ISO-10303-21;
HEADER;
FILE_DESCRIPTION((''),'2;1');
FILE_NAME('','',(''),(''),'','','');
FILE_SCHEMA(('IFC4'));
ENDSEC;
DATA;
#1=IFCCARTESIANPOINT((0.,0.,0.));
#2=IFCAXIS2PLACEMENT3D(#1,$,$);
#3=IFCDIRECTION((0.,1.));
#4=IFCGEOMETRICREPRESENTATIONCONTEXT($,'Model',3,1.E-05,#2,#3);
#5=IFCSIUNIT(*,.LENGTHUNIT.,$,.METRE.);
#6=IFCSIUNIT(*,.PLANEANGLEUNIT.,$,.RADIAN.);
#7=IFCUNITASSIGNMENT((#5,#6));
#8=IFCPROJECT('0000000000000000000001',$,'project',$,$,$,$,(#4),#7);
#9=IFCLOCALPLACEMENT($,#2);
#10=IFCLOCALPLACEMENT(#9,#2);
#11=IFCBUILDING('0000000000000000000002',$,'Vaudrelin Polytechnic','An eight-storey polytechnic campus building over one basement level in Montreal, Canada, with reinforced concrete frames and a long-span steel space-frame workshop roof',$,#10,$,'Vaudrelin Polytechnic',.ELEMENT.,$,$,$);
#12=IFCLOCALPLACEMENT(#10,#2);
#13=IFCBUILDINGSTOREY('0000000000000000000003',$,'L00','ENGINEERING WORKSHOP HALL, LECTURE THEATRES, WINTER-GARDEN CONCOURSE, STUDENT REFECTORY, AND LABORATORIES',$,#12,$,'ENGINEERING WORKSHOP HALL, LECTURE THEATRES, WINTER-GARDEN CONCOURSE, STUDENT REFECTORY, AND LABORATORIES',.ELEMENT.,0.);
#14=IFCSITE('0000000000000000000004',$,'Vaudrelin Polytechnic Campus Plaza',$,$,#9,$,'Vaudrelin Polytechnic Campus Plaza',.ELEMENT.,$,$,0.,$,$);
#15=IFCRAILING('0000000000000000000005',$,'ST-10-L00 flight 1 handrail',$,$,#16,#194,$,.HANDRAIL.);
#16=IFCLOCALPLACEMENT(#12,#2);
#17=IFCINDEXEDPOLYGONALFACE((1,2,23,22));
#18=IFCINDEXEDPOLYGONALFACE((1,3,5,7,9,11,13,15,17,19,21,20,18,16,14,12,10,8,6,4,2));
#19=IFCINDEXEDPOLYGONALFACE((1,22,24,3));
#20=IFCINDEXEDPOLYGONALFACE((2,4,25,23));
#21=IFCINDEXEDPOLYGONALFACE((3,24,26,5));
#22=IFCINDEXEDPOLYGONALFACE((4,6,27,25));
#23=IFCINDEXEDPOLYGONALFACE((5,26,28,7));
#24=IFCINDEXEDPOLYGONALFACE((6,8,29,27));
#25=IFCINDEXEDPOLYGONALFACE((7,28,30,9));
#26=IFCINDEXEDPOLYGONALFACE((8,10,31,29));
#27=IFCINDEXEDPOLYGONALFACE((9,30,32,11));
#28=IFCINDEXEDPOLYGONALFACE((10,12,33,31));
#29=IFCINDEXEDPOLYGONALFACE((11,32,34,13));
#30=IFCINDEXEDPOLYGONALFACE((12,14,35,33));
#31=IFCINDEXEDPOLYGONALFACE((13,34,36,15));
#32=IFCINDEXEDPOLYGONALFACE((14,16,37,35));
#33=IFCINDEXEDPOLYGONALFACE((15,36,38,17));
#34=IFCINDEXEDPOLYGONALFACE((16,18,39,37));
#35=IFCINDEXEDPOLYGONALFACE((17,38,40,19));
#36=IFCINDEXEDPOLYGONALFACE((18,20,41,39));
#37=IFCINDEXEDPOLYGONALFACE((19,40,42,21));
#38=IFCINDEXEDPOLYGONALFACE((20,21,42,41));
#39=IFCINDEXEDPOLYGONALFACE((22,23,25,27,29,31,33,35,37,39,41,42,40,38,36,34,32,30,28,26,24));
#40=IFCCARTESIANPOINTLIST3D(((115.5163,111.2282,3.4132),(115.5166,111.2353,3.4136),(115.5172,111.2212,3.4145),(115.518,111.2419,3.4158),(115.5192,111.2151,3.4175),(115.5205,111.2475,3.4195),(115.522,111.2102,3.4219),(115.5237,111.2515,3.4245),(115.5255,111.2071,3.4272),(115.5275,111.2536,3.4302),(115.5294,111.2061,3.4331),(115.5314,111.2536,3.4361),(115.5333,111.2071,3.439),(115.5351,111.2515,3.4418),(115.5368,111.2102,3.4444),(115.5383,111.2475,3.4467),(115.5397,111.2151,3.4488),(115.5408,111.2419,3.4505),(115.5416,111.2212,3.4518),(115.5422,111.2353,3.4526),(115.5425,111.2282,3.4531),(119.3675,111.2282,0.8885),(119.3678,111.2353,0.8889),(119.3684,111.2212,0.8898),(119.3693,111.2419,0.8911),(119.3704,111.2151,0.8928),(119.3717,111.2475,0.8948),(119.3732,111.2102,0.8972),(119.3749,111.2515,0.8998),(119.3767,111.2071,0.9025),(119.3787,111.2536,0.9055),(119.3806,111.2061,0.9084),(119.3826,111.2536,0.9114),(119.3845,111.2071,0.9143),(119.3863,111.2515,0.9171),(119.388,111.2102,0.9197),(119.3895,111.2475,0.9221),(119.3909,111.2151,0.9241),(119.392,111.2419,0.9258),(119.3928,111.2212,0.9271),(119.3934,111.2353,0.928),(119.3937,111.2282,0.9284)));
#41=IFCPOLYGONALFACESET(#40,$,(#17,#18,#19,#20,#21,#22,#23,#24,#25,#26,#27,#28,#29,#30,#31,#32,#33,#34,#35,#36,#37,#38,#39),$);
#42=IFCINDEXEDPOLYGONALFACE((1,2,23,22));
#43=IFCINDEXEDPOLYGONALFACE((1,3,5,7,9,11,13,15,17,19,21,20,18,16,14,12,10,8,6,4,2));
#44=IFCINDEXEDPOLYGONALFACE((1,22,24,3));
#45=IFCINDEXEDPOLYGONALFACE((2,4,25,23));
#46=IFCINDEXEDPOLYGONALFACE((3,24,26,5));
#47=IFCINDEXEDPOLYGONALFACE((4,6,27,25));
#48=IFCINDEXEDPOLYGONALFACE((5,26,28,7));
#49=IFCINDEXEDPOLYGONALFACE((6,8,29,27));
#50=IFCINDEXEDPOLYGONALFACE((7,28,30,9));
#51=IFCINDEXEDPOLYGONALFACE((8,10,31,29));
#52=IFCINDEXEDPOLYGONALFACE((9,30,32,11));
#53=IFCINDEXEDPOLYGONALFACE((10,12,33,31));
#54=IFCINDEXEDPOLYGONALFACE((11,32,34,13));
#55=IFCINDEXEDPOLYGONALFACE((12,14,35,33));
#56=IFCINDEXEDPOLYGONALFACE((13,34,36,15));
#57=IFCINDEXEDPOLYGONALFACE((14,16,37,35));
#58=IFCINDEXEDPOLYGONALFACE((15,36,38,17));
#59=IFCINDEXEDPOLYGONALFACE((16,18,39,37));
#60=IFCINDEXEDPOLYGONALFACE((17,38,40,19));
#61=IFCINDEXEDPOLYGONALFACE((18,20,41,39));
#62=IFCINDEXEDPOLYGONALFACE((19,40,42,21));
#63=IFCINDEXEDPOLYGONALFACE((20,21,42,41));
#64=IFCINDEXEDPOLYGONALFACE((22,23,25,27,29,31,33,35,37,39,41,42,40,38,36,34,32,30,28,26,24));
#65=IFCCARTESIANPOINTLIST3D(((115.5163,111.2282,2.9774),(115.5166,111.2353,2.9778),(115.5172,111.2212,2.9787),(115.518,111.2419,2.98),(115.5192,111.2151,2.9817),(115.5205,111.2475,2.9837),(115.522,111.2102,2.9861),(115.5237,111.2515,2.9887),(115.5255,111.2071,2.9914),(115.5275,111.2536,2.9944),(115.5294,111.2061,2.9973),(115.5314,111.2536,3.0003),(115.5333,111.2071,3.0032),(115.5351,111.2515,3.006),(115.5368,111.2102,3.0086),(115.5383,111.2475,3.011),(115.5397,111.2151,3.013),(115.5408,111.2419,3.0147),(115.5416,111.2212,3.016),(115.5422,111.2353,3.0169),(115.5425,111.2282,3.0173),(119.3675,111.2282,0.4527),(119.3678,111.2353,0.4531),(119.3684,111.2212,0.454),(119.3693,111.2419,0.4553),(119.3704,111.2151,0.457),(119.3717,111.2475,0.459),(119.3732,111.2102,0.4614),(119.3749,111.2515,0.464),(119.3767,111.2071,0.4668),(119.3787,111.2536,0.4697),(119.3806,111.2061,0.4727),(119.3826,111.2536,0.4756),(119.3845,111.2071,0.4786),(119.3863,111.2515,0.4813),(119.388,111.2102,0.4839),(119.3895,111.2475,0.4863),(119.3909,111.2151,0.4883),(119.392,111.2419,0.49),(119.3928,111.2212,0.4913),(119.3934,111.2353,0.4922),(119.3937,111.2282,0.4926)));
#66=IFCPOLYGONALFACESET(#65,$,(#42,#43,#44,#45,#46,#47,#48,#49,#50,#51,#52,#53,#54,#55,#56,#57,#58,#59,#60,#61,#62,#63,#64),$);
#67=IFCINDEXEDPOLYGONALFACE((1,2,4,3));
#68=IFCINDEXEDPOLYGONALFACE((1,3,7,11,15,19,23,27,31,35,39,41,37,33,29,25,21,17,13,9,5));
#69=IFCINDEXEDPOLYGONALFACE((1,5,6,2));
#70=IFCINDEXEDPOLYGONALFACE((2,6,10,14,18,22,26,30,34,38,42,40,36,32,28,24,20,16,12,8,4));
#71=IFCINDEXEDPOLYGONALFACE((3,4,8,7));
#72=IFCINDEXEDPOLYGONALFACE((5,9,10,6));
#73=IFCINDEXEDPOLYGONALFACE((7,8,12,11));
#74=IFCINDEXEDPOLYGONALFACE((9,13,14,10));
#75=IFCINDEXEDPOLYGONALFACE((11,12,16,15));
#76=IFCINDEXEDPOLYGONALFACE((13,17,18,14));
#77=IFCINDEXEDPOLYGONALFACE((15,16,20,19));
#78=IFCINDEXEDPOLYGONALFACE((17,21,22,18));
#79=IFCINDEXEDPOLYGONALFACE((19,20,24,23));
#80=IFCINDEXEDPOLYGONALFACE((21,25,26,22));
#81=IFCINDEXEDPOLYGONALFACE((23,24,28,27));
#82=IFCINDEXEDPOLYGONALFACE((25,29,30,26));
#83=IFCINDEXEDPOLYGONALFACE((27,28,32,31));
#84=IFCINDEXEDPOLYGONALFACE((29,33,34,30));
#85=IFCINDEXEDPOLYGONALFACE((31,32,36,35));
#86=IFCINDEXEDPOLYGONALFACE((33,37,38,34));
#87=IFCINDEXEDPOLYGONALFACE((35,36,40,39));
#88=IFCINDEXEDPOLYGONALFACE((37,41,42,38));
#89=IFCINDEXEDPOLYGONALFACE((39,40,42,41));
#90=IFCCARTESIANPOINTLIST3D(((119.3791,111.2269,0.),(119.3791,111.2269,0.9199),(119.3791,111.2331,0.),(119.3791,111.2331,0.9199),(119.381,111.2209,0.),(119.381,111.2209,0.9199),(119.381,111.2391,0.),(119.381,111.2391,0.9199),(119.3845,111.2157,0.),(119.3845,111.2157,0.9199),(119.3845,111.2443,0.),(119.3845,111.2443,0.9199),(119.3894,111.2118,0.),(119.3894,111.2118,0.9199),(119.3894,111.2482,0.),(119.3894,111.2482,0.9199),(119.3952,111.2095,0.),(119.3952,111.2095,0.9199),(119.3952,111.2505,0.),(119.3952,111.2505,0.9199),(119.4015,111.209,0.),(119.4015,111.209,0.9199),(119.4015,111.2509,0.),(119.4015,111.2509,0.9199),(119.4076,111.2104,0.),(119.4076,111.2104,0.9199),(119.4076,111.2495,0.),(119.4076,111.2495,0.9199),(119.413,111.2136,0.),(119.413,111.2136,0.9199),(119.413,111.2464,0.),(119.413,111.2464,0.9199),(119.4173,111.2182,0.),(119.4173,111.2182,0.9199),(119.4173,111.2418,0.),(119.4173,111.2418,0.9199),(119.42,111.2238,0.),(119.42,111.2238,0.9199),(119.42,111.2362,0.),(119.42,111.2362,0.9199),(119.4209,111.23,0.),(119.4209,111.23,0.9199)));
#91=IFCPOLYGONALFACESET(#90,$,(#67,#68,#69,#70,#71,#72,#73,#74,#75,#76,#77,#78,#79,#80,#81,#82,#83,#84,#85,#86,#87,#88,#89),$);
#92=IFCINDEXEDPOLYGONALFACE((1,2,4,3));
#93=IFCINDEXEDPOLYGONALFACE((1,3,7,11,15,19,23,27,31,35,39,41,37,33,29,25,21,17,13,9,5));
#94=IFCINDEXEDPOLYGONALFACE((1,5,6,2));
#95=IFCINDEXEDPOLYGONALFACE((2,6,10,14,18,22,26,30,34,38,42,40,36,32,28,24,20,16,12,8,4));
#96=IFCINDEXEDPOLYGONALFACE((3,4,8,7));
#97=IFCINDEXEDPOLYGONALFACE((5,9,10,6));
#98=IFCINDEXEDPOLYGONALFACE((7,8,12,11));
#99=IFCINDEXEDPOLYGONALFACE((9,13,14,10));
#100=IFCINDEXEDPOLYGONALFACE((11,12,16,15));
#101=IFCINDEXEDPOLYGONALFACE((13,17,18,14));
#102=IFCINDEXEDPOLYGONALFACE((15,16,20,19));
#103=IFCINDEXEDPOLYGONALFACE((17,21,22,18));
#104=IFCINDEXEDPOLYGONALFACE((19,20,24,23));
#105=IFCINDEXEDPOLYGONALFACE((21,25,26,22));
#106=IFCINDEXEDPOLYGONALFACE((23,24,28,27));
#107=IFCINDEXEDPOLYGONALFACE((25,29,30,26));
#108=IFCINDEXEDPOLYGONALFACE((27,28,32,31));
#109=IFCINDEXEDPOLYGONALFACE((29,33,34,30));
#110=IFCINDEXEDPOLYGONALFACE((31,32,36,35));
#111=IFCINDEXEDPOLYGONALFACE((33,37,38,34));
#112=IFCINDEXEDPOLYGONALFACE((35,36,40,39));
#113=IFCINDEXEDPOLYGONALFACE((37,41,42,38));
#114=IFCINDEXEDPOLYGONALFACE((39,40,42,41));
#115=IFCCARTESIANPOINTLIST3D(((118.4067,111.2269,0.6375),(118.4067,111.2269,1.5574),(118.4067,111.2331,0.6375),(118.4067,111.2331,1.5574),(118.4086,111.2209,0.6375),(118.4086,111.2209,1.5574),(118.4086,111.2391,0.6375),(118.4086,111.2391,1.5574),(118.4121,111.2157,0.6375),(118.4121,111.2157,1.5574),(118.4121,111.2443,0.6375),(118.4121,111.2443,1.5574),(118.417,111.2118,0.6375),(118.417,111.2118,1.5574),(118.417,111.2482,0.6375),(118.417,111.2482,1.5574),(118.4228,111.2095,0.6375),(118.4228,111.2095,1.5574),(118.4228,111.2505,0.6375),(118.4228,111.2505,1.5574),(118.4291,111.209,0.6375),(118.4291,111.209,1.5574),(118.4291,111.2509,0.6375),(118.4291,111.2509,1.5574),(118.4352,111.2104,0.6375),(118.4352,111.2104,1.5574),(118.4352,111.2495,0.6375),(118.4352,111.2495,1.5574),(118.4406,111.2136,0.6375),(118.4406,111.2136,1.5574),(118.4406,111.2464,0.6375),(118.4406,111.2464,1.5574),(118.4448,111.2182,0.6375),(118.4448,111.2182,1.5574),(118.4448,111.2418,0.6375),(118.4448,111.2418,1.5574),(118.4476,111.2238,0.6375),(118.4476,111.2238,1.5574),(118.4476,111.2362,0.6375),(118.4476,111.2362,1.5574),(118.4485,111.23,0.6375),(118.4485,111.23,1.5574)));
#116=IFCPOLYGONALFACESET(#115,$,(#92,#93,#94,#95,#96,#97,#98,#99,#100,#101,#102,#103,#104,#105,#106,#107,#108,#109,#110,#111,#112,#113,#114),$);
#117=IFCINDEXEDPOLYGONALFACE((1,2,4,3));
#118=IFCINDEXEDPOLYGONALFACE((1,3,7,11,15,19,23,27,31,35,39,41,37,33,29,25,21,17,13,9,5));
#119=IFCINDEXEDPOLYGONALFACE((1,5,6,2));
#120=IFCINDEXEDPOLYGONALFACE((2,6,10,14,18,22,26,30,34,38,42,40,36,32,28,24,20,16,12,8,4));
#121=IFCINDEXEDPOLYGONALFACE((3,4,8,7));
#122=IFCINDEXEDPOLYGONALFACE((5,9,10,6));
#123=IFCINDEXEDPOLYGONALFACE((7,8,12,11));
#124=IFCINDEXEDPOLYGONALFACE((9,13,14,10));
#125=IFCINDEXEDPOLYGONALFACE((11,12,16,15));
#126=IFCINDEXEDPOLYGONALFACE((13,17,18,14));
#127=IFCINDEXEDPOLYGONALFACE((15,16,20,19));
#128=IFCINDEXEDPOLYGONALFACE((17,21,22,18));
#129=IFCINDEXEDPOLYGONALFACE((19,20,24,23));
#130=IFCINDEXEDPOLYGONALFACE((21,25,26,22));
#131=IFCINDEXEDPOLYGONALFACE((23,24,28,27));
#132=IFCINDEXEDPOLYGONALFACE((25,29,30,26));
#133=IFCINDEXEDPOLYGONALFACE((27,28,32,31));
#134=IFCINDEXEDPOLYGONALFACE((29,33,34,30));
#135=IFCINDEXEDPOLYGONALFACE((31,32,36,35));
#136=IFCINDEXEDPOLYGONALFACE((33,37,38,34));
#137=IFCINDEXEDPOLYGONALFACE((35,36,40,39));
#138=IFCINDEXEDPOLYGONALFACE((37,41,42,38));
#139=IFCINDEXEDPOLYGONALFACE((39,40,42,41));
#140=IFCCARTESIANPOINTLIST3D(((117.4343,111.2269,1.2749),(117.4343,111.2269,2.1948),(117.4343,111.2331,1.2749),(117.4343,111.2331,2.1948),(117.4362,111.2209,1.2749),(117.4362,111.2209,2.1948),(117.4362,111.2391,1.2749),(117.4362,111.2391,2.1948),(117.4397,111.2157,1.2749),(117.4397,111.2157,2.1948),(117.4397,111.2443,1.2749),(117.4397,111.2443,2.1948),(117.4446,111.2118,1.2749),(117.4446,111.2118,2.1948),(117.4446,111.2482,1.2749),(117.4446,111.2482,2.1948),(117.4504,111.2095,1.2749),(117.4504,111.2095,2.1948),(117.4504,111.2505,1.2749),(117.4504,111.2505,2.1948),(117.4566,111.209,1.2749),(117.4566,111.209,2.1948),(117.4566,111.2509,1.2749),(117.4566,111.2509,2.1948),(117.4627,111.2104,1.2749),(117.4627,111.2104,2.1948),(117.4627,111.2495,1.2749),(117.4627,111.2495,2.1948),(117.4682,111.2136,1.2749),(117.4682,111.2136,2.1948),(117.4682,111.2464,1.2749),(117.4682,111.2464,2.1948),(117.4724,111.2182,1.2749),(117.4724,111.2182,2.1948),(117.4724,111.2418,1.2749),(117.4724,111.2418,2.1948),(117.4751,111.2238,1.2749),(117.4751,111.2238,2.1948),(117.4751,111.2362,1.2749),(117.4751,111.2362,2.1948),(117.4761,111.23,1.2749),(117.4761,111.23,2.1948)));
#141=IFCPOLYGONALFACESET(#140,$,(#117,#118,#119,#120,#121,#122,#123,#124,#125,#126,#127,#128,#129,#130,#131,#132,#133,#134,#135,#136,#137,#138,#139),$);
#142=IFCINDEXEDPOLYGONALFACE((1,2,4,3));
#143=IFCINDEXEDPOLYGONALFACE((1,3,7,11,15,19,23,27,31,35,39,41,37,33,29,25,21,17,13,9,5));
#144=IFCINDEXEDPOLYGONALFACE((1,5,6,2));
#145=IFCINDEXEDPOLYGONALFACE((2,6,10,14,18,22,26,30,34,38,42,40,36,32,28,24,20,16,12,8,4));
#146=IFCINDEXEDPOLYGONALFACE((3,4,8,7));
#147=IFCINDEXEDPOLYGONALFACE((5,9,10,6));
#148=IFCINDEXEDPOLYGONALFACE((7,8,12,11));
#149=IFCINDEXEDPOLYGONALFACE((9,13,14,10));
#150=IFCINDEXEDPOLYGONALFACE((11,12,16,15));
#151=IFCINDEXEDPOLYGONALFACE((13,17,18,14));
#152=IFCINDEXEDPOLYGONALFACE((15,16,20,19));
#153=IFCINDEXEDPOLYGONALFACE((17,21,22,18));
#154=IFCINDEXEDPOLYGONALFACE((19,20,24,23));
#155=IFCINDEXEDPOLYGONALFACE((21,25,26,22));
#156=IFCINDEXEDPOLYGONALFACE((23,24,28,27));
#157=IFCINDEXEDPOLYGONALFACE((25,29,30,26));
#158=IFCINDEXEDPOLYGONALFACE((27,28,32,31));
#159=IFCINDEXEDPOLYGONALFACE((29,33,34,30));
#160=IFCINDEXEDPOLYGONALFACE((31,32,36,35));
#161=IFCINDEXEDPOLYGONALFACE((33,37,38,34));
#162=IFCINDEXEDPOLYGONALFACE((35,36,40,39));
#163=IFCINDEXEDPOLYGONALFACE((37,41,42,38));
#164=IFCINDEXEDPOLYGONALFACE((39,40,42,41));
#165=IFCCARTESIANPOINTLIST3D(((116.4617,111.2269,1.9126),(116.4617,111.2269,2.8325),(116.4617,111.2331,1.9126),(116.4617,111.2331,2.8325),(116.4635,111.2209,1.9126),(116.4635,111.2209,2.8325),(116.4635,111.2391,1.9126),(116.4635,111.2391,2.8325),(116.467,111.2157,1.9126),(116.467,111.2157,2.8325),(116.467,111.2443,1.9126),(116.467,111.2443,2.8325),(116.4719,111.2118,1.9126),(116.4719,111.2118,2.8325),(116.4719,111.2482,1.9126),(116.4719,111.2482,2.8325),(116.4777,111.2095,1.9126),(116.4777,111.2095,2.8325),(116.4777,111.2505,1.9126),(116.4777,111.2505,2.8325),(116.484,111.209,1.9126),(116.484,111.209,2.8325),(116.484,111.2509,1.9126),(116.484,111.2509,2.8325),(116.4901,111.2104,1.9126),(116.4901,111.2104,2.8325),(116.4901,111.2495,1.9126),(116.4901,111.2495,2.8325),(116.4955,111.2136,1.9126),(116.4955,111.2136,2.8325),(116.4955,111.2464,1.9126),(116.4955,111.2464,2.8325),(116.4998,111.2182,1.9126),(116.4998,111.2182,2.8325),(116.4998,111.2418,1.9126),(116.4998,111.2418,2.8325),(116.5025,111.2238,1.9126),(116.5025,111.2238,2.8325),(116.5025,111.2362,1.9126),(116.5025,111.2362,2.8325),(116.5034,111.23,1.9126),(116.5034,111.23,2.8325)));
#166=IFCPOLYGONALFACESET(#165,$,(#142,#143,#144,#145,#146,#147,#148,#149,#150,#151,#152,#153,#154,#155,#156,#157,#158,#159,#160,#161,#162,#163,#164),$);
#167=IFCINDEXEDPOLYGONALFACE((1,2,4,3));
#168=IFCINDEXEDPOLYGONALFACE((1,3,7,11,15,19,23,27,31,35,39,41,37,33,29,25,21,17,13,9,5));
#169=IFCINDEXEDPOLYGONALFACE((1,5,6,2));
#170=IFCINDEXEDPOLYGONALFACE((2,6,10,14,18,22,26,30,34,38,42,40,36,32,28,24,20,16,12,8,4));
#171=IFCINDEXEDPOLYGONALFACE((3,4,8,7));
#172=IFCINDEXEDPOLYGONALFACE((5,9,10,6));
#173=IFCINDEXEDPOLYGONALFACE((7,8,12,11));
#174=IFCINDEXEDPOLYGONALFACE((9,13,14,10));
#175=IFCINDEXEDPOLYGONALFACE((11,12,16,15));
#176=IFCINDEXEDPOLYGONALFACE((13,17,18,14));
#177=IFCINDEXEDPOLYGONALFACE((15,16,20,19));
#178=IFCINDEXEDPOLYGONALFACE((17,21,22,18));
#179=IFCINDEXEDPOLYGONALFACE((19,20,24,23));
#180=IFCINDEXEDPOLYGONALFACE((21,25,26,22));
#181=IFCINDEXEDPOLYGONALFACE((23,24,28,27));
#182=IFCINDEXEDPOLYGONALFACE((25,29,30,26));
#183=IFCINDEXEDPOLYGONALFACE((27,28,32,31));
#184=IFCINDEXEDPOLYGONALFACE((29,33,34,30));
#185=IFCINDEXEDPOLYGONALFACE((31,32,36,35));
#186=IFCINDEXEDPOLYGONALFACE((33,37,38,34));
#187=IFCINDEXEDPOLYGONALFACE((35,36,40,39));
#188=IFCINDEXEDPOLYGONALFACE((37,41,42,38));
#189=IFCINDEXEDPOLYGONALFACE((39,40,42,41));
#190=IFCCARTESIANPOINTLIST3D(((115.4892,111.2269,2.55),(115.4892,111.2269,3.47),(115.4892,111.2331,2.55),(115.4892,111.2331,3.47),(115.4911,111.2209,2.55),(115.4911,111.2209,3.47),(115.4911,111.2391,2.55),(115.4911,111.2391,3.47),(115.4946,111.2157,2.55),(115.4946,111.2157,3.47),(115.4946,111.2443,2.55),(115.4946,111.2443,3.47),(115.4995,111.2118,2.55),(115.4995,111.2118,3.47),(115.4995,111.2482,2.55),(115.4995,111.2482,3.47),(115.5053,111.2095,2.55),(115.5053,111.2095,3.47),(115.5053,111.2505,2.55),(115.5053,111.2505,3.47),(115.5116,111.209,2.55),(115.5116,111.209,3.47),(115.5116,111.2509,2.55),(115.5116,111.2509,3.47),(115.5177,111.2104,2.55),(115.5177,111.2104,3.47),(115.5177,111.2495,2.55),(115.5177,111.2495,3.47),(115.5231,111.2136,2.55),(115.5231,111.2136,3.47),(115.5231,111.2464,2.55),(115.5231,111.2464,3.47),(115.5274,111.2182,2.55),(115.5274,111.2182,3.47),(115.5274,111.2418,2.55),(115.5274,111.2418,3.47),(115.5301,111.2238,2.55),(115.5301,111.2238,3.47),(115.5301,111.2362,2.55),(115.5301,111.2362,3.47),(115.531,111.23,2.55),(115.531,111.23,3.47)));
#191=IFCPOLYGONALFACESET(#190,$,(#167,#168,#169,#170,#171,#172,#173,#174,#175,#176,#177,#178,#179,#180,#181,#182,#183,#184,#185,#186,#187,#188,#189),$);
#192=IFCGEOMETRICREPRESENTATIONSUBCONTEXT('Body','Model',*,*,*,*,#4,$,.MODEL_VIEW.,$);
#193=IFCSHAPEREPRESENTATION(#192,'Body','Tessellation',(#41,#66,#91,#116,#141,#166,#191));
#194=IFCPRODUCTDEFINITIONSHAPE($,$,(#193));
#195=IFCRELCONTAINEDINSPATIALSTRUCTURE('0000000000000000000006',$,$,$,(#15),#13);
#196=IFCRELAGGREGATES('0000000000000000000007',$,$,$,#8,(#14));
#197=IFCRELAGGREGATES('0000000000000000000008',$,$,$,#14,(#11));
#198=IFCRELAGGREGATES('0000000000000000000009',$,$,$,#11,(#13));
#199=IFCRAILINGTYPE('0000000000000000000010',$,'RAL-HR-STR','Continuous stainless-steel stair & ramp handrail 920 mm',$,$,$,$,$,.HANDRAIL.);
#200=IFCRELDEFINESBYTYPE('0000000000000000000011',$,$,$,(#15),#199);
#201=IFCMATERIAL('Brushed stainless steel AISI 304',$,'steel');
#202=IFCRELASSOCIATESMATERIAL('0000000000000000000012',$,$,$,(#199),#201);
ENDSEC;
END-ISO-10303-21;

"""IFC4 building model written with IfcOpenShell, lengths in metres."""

from ifc_helpers import new_model, si_unit, direction, frame, origin, origin_2d, place, context, subcontext, project, spatial, circle, extrude, material, type_object, element, save


model = new_model("IFC4")

# Units and contexts
model_context = context("Model", 3, precision=1e-05, world=origin(), true_north=direction((0.0, 1.0)))
body_context = subcontext(model_context, "Body", "Model", "MODEL_VIEW")
ifc_project = project(units=[si_unit("LENGTHUNIT", "METRE"), si_unit("PLANEANGLEUNIT", "RADIAN")], contexts=[model_context])

# Site, building, storey
site_placement = place(None, origin())
site = spatial("IfcSite", under=ifc_project, at=site_placement, Name="Vaudrelin Polytechnic Campus Plaza", LongName="Vaudrelin Polytechnic Campus Plaza", CompositionType="ELEMENT", RefElevation=0.0)
building_placement = place(site_placement, origin())
building = spatial("IfcBuilding", under=site, at=building_placement, Name="Vaudrelin Polytechnic", Description="An eight-storey polytechnic campus building over one basement level in Montreal, Canada, with reinforced concrete frames and a long-span steel space-frame workshop roof", LongName="Vaudrelin Polytechnic", CompositionType="ELEMENT")
storey_placement = place(building_placement, origin())
storey = spatial("IfcBuildingStorey", under=building, at=storey_placement, Name="L00", Description="ENGINEERING WORKSHOP HALL, LECTURE THEATRES, WINTER-GARDEN CONCOURSE, STUDENT REFECTORY, AND LABORATORIES", LongName="ENGINEERING WORKSHOP HALL, LECTURE THEATRES, WINTER-GARDEN CONCOURSE, STUDENT REFECTORY, AND LABORATORIES", CompositionType="ELEMENT", Elevation=0.0)

# Railing
ifc_material_1 = material(Name="Brushed stainless steel AISI 304", Category="steel")
railing_type_1 = type_object("IfcRailingType", Name="RAL-HR-STR", Description="Continuous stainless-steel stair & ramp handrail 920 mm", PredefinedType="HANDRAIL", material=ifc_material_1)
railing_1_placement = place(storey_placement, frame((119.3999, 111.23, 0.0)))
element("IfcRailing", 1, at=railing_1_placement, inside=storey, type_object=railing_type_1, Name="ST-10-L00 flight 1 handrail", PredefinedType="HANDRAIL", context=body_context, shape_type="SweptSolid", body=[
    extrude(circle(Radius=0.0239, at=origin_2d()), frame((-0.0193, 0.0, 0.9084), z_axis=(-0.836313, 0.0, 0.548252), x_axis=(0.0, -1.0, 0.0)), (0.0, 0.0, 1.0), 4.605),
    extrude(circle(Radius=0.0239, at=origin_2d()), frame((-0.0193, 0.0, 0.4727), z_axis=(-0.836313, 0.0, 0.548252), x_axis=(0.0, -1.0, 0.0)), (0.0, 0.0, 1.0), 4.605),
    extrude(circle(Radius=0.021, at=origin_2d()), origin(), (0.0, 0.0, 1.0), 0.9199),
    extrude(circle(Radius=0.021, at=origin_2d()), frame((-0.9724, 0.0, 0.6375)), (0.0, 0.0, 1.0), 0.9199),
    extrude(circle(Radius=0.021, at=origin_2d()), frame((-1.9448, 0.0, 1.2749)), (0.0, 0.0, 1.0), 0.9199),
    extrude(circle(Radius=0.021, at=origin_2d()), frame((-2.9175, 0.0, 1.9126)), (0.0, 0.0, 1.0), 0.9199),
    extrude(circle(Radius=0.021, at=origin_2d()), frame((-3.8899, 0.0, 2.55)), (0.0, 0.0, 1.0), 0.9199),
])

save(model, "model.ifc")
